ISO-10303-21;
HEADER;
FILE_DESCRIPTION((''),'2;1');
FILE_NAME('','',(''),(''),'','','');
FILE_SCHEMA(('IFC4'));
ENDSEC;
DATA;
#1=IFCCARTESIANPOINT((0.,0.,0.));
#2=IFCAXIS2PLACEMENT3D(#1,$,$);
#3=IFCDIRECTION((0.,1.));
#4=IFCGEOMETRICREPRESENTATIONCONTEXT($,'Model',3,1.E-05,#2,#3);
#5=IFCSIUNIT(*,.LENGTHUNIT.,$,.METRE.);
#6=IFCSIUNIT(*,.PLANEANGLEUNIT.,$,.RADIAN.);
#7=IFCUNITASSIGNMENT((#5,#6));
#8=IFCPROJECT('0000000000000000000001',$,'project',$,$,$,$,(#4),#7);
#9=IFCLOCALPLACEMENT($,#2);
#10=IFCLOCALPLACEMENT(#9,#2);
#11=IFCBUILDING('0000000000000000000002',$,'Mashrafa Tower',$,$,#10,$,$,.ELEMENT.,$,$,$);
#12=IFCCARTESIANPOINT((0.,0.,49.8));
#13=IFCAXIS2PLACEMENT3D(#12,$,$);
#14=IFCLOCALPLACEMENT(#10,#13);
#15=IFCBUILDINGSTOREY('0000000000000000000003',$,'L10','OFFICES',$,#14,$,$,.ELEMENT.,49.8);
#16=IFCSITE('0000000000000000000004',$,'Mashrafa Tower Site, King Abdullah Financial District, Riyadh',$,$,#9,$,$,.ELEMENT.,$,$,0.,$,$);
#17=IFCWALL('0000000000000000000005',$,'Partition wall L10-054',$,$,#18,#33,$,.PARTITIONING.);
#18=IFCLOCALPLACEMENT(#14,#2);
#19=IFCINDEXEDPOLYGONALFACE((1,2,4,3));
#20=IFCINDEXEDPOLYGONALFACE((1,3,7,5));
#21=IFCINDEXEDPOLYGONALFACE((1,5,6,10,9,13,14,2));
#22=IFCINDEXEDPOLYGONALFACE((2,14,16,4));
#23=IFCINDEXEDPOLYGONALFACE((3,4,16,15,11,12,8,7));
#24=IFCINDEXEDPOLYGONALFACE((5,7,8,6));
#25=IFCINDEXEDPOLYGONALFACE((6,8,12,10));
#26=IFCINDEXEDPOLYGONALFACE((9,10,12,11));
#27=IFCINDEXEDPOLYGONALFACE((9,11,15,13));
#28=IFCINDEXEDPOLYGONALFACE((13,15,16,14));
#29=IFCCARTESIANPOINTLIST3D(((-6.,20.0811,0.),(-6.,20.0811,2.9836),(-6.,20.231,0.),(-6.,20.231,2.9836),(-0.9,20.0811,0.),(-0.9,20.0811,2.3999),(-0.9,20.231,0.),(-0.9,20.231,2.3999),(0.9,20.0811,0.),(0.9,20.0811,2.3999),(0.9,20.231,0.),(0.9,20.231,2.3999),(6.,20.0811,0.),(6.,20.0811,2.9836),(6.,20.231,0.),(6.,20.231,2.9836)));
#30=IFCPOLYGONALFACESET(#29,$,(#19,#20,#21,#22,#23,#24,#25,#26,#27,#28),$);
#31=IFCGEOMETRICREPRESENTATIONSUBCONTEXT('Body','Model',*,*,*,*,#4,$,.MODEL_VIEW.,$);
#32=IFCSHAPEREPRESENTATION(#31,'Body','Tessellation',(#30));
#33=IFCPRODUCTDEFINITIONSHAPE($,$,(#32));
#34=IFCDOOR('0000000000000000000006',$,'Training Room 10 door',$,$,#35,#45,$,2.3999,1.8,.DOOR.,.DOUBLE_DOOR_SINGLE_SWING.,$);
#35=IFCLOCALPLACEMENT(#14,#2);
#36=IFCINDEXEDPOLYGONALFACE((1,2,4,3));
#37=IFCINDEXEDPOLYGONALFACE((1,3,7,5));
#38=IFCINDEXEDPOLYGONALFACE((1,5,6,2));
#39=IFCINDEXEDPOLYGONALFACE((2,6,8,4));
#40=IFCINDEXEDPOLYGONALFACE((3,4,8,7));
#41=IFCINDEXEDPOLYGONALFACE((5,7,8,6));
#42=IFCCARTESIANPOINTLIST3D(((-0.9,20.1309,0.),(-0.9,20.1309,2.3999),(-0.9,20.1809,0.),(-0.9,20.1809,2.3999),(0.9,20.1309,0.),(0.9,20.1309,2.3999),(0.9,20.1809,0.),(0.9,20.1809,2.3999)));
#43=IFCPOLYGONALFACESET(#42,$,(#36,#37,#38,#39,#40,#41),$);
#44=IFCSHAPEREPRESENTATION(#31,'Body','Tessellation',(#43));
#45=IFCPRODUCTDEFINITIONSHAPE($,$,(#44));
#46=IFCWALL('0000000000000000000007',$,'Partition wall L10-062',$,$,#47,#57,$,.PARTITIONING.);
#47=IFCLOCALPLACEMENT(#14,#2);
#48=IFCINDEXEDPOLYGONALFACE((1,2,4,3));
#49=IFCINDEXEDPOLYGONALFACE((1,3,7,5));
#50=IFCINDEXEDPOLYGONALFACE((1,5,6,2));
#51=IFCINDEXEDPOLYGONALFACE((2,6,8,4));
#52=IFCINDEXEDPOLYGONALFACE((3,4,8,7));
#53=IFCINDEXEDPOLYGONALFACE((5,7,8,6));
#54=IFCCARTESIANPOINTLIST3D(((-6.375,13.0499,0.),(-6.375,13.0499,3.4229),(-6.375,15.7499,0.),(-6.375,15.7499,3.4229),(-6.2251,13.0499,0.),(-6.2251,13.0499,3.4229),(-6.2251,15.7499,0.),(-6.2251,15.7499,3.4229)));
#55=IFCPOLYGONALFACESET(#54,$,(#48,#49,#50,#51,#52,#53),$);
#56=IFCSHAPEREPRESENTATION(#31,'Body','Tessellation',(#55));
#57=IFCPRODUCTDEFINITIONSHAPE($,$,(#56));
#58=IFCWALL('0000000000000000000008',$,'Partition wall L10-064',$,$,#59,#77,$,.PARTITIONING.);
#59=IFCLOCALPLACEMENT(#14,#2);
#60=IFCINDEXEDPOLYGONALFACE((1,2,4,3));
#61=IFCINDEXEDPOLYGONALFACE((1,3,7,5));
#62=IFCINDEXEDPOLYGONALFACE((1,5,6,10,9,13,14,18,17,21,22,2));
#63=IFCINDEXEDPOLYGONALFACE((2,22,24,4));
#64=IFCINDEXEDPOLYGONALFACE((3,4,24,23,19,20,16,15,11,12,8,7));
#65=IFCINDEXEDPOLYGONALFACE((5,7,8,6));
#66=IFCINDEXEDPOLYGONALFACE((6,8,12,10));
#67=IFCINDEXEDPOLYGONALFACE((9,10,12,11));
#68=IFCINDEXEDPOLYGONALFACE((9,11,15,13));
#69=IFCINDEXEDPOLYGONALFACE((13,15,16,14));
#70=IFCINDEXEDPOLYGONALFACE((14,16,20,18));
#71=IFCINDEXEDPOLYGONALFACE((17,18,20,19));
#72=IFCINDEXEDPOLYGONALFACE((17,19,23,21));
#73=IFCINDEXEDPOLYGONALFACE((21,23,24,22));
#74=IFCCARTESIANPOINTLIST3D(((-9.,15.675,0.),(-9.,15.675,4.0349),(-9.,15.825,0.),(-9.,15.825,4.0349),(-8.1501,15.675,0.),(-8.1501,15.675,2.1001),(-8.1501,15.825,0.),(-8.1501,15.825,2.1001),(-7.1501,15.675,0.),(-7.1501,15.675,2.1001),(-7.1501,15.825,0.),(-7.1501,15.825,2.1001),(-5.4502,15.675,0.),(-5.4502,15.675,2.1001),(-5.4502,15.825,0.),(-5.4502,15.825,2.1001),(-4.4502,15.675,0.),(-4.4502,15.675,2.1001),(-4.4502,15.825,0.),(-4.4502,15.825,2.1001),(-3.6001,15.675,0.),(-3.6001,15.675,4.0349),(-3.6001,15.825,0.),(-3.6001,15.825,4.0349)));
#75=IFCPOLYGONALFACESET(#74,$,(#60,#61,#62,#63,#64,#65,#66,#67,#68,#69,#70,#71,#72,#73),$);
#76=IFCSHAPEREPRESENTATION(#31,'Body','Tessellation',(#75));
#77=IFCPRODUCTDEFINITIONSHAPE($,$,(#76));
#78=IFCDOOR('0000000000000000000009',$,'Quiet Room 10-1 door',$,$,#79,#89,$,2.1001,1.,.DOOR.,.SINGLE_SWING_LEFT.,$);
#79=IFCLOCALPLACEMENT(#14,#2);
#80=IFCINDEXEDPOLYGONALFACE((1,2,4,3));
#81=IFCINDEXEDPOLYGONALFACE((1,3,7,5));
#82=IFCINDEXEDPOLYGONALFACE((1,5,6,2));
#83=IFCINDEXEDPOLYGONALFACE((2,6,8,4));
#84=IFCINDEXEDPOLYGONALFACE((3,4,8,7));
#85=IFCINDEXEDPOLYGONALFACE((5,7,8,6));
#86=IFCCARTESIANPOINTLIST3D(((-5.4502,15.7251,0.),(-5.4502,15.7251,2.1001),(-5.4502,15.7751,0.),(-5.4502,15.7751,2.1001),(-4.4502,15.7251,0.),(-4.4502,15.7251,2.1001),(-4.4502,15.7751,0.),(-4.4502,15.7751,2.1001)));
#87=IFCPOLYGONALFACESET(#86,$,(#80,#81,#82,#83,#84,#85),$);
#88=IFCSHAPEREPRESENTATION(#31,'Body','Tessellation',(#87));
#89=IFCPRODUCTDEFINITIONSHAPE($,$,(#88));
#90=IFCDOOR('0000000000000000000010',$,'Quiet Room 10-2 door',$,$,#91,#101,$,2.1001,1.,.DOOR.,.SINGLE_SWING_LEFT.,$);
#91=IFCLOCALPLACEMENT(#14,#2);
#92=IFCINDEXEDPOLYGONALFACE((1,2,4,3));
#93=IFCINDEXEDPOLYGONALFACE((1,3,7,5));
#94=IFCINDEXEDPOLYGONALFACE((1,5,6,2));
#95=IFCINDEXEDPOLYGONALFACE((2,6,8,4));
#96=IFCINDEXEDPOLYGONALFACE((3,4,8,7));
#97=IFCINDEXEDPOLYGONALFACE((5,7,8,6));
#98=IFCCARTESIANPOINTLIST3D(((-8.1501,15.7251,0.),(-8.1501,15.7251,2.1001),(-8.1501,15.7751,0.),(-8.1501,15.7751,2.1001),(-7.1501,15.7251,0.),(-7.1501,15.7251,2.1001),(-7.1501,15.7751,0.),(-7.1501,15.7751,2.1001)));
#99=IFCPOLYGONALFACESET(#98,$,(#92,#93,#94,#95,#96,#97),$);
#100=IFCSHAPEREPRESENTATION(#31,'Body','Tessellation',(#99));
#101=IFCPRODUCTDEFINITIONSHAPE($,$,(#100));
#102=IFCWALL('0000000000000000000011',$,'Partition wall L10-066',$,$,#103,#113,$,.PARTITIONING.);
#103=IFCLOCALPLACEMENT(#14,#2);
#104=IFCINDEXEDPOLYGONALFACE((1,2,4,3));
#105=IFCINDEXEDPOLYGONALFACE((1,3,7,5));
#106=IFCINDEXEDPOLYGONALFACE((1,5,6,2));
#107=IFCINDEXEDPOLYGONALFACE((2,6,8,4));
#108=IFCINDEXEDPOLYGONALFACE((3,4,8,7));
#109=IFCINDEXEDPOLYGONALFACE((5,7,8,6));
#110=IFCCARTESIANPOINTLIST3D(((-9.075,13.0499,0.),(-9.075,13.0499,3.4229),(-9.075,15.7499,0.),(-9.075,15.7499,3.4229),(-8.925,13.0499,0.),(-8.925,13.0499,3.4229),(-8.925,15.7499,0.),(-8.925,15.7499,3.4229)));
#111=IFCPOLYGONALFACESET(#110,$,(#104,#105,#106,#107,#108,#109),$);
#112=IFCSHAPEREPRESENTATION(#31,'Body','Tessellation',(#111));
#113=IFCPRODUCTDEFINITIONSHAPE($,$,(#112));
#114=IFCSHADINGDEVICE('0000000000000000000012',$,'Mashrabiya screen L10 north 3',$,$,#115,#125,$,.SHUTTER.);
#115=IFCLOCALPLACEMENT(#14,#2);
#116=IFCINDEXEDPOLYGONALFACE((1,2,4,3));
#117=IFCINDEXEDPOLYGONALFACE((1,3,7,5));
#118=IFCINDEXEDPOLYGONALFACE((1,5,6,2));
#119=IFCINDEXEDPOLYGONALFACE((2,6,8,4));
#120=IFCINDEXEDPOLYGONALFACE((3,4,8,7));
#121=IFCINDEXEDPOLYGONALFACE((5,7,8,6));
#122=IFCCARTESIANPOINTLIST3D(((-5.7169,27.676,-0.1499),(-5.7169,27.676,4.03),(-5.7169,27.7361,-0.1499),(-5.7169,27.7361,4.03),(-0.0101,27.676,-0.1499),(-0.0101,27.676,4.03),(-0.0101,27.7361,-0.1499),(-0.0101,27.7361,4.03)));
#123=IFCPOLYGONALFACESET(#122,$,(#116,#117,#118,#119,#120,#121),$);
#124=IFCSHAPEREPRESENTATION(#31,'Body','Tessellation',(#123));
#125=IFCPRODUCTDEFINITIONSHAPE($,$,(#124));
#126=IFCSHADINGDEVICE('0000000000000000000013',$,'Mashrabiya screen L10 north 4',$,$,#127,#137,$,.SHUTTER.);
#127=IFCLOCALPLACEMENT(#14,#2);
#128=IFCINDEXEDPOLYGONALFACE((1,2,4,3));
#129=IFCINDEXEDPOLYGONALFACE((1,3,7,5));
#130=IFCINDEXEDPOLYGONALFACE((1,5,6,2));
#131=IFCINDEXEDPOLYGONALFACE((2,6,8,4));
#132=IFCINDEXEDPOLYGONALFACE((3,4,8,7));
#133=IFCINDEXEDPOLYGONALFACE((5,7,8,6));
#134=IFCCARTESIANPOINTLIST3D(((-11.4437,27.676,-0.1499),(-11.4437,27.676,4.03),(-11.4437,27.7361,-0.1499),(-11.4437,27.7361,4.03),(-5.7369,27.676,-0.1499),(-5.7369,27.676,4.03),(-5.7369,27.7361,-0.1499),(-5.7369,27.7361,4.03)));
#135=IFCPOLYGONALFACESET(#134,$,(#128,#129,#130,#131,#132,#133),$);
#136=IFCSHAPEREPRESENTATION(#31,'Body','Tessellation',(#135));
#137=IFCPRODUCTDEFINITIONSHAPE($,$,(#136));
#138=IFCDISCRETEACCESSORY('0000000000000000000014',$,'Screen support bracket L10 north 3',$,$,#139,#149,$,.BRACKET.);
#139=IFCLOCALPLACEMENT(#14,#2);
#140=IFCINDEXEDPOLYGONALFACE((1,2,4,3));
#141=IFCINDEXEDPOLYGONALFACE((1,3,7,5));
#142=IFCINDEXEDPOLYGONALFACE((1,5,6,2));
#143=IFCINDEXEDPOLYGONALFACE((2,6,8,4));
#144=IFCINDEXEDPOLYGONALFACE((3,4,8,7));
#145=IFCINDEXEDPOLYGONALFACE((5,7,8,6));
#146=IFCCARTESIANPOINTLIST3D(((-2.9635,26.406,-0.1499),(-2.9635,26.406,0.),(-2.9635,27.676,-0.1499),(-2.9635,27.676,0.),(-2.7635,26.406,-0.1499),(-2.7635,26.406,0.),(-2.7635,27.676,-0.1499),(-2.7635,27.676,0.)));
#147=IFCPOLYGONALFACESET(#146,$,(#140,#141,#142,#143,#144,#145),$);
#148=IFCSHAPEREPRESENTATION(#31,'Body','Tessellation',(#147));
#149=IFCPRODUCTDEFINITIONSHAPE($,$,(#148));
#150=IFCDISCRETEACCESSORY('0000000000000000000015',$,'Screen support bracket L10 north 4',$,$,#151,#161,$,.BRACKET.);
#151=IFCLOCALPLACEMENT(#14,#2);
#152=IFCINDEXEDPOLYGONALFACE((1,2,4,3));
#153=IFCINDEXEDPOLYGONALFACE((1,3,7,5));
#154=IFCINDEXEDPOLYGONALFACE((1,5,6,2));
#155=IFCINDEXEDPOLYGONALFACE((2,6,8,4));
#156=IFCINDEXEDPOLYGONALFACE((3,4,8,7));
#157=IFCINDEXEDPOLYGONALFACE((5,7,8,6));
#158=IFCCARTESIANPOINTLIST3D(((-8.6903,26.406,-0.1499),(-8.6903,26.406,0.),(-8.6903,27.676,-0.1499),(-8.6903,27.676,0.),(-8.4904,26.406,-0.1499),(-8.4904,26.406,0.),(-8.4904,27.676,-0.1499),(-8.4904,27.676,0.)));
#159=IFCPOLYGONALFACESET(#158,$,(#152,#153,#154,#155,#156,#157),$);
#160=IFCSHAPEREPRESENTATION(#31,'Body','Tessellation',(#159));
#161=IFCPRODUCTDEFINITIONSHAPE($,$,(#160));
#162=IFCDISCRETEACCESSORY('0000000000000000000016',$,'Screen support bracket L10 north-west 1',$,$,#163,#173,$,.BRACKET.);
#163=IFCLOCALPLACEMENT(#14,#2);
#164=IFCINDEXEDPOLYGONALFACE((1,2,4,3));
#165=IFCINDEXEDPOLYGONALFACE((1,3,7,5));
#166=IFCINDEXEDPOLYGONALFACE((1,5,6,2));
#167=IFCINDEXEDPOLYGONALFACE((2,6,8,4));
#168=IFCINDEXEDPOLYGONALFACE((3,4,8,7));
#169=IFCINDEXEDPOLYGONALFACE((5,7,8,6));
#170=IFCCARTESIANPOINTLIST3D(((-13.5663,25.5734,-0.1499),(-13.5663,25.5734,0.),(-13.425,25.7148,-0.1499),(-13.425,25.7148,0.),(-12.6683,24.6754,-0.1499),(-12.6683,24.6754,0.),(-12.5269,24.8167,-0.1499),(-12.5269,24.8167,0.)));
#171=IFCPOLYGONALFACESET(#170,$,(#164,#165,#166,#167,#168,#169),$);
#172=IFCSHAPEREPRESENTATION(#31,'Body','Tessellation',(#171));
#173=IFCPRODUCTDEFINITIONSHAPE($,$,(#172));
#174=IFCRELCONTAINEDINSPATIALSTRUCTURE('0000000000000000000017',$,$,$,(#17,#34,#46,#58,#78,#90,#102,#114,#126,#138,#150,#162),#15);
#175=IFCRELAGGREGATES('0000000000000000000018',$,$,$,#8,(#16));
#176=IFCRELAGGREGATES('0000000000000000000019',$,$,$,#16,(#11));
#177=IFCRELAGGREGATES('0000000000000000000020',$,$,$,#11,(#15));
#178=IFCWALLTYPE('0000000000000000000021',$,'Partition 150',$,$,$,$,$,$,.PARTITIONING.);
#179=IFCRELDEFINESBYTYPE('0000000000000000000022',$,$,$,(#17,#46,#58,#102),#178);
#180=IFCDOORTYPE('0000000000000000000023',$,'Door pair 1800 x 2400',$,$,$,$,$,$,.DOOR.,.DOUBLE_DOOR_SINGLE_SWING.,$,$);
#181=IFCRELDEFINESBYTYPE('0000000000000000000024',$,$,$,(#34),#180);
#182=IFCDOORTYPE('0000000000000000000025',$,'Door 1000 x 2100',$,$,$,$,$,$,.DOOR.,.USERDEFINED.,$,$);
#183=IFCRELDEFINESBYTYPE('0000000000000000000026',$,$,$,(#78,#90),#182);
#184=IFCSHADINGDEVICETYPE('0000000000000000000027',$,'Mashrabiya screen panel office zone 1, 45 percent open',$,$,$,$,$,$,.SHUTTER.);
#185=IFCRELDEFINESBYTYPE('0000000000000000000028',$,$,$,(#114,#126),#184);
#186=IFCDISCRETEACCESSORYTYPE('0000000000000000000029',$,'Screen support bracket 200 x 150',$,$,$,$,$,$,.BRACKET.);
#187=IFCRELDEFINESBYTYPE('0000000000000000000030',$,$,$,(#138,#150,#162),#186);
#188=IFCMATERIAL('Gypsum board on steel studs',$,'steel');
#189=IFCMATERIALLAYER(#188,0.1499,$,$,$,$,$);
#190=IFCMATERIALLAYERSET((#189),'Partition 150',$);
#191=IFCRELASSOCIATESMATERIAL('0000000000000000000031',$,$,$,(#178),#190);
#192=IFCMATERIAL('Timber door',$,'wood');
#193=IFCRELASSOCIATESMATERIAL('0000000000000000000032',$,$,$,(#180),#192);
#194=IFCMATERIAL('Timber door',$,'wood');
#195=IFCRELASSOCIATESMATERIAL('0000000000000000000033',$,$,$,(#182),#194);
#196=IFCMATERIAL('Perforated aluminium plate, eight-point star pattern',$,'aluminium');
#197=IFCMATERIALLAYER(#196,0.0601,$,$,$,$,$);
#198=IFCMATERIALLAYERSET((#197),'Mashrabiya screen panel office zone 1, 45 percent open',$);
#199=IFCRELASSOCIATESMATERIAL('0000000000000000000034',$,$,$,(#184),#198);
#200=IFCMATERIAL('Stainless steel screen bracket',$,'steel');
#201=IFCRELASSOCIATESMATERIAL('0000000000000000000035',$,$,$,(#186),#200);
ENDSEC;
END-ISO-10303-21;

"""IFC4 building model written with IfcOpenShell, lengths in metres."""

from ifc_helpers import new_model, si_unit, direction, frame, frame_2d, origin, origin_2d, place, context, subcontext, project, spatial, rectangle, extrude, source, transform, mapped, material, layer, layer_set, type_object, type_shapes, element, fill, save


model = new_model("IFC4")

# Units and contexts
model_context = context("Model", 3, precision=1e-05, world=origin(), true_north=direction((0.0, 1.0)))
body_context = subcontext(model_context, "Body", "Model", "MODEL_VIEW")
ifc_project = project(units=[si_unit("LENGTHUNIT", "METRE"), si_unit("PLANEANGLEUNIT", "RADIAN")], contexts=[model_context])

# Site, building, storey
site_placement = place(None, origin())
site = spatial("IfcSite", under=ifc_project, at=site_placement, Name="Mashrafa Tower Site, King Abdullah Financial District, Riyadh", CompositionType="ELEMENT", RefElevation=0.0)
building_placement = place(site_placement, origin())
building = spatial("IfcBuilding", under=site, at=building_placement, Name="Mashrafa Tower", CompositionType="ELEMENT")
storey_placement = place(building_placement, frame((0.0, 0.0, 49.8)))
storey = spatial("IfcBuildingStorey", under=building, at=storey_placement, Name="L10", Description="OFFICES", CompositionType="ELEMENT", Elevation=49.8)

# Shared definitions
ifc_material_1 = material(Name="Gypsum board on steel studs", Category="steel")
ifc_layer_1 = layer(ifc_material_1, 0.1499)
ifc_layer_set_1 = layer_set([ifc_layer_1], Name="Partition 150")
wall_type_1 = type_object("IfcWallType", Name="Partition 150", PredefinedType="PARTITIONING", material=ifc_layer_set_1)

# Wall, opening, door
wall_1_placement = place(storey_placement, frame((-6.0, 20.156, 0.0), z_axis=(0.0, 0.0, 1.0), x_axis=(1.0, 0.0, 0.0)))
wall_1 = element("IfcWall", 1, at=wall_1_placement, inside=storey, type_object=wall_type_1, Name="Partition wall L10-054", PredefinedType="PARTITIONING", context=body_context, shape_type="SweptSolid", body=[
    extrude(rectangle(XDim=12.0, YDim=0.1499, at=frame_2d((6.0, 0.0))), origin(), (0.0, 0.0, 1.0), 2.9836),
])
opening_1_placement = place(wall_1_placement, frame((5.1001, 0.0, 0.0)))
opening_1 = element("IfcOpeningElement", 2, at=opening_1_placement, cuts=wall_1, PredefinedType="OPENING", context=body_context, shape_type="SweptSolid", body=[
    extrude(rectangle(XDim=1.8, YDim=2.3999, at=frame_2d((0.8999, 1.2))), frame((0.0, 0.085, 0.0), z_axis=(0.0, -1.0, 0.0), x_axis=(1.0, 0.0, 0.0)), (0.0, 0.0, 1.0), 0.1699),
])
ifc_material_2 = material(Name="Timber door", Category="wood")
door_type_1 = type_object("IfcDoorType", Name="Door pair 1800 x 2400", OperationType="DOUBLE_DOOR_SINGLE_SWING", PredefinedType="DOOR", material=ifc_material_2)
door_1_placement = place(opening_1_placement, origin())
door_1 = element("IfcDoor", 3, at=door_1_placement, inside=storey, type_object=door_type_1, Name="Training Room 10 door", OperationType="DOUBLE_DOOR_SINGLE_SWING", OverallHeight=2.3999, OverallWidth=1.8, PredefinedType="DOOR", context=body_context, shape_type="SweptSolid", body=[
    extrude(rectangle(XDim=1.8, YDim=2.3999, at=frame_2d((0.8999, 1.2))), frame((0.0, 0.0249, 0.0), z_axis=(0.0, -1.0, 0.0), x_axis=(1.0, 0.0, 0.0)), (0.0, 0.0, 1.0), 0.05),
])
fill(opening_1, door_1)

# Wall
wall_2_placement = place(storey_placement, frame((-6.3, 15.75, 0.0), z_axis=(0.0, 0.0, 1.0), x_axis=(0.0, -1.0, 0.0)))
element("IfcWall", 4, at=wall_2_placement, inside=storey, type_object=wall_type_1, Name="Partition wall L10-062", PredefinedType="PARTITIONING", context=body_context, shape_type="SweptSolid", body=[
    extrude(rectangle(XDim=2.7, YDim=0.1499, at=frame_2d((1.3501, 0.0))), origin(), (0.0, 0.0, 1.0), 3.4229),
])

# Wall, openings, doors
wall_3_placement = place(storey_placement, frame((-3.6001, 15.75, 0.0), z_axis=(0.0, 0.0, 1.0), x_axis=(-1.0, 0.0, 0.0)))
wall_3 = element("IfcWall", 5, at=wall_3_placement, inside=storey, type_object=wall_type_1, Name="Partition wall L10-064", PredefinedType="PARTITIONING", context=body_context, shape_type="SweptSolid", body=[
    extrude(rectangle(XDim=5.3999, YDim=0.1499, at=frame_2d((2.7, 0.0))), origin(), (0.0, 0.0, 1.0), 4.0349),
])
opening_2_placement = place(wall_3_placement, frame((0.8501, 0.0, 0.0)))
opening_2 = element("IfcOpeningElement", 6, at=opening_2_placement, cuts=wall_3, PredefinedType="OPENING", context=body_context, shape_type="SweptSolid", body=[
    extrude(rectangle(XDim=1.0, YDim=2.1001, at=frame_2d((0.5, 1.05))), frame((0.0, 0.085, 0.0), z_axis=(0.0, -1.0, 0.0), x_axis=(1.0, 0.0, 0.0)), (0.0, 0.0, 1.0), 0.1699),
])
opening_3_placement = place(wall_3_placement, frame((3.55, 0.0, 0.0)))
opening_3 = element("IfcOpeningElement", 7, at=opening_3_placement, cuts=wall_3, PredefinedType="OPENING", context=body_context, shape_type="SweptSolid", body=[
    extrude(rectangle(XDim=1.0, YDim=2.1001, at=frame_2d((0.5, 1.05))), frame((0.0, 0.085, 0.0), z_axis=(0.0, -1.0, 0.0), x_axis=(1.0, 0.0, 0.0)), (0.0, 0.0, 1.0), 0.1699),
])
ifc_material_3 = material(Name="Timber door", Category="wood")
door_type_2 = type_object("IfcDoorType", Name="Door 1000 x 2100", OperationType="USERDEFINED", PredefinedType="DOOR", material=ifc_material_3)
door_2_placement = place(opening_2_placement, origin())
door_2 = element("IfcDoor", 8, at=door_2_placement, inside=storey, type_object=door_type_2, Name="Quiet Room 10-1 door", OperationType="SINGLE_SWING_LEFT", OverallHeight=2.1001, OverallWidth=1.0, PredefinedType="DOOR", context=body_context, shape_type="SweptSolid", body=[
    extrude(rectangle(XDim=1.0, YDim=2.1001, at=frame_2d((0.5, 1.05))), frame((0.0, 0.0249, 0.0), z_axis=(0.0, -1.0, 0.0), x_axis=(1.0, 0.0, 0.0)), (0.0, 0.0, 1.0), 0.05),
])
fill(opening_2, door_2)
door_3_placement = place(opening_3_placement, origin())
door_3 = element("IfcDoor", 9, at=door_3_placement, inside=storey, type_object=door_type_2, Name="Quiet Room 10-2 door", OperationType="SINGLE_SWING_LEFT", OverallHeight=2.1001, OverallWidth=1.0, PredefinedType="DOOR", context=body_context, shape_type="SweptSolid", body=[
    extrude(rectangle(XDim=1.0, YDim=2.1001, at=frame_2d((0.5, 1.05))), frame((0.0, 0.0249, 0.0), z_axis=(0.0, -1.0, 0.0), x_axis=(1.0, 0.0, 0.0)), (0.0, 0.0, 1.0), 0.05),
])
fill(opening_3, door_3)

# Wall
wall_4_placement = place(storey_placement, frame((-9.0, 15.75, 0.0), z_axis=(0.0, 0.0, 1.0), x_axis=(0.0, -1.0, 0.0)))
element("IfcWall", 10, at=wall_4_placement, inside=storey, type_object=wall_type_1, Name="Partition wall L10-066", PredefinedType="PARTITIONING", context=body_context, shape_type="SweptSolid", body=[
    extrude(rectangle(XDim=2.7, YDim=0.1499, at=frame_2d((1.3501, 0.0))), origin(), (0.0, 0.0, 1.0), 3.4229),
])

# Shading devices
ifc_material_4 = material(Name="Perforated aluminium plate, eight-point star pattern", Category="aluminium")
ifc_layer_2 = layer(ifc_material_4, 0.0601)
ifc_layer_set_2 = layer_set([ifc_layer_2], Name="Mashrabiya screen panel office zone 1, 45 percent open")
shading_device_type = type_object("IfcShadingDeviceType", Name="Mashrabiya screen panel office zone 1, 45 percent open", PredefinedType="SHUTTER", material=ifc_layer_set_2)
shared_shape_1 = source(origin(), body_context, "Body", "SweptSolid", [
    extrude(rectangle(XDim=5.7068, YDim=0.0601, at=origin_2d()), origin(), (0.0, 0.0, 1.0), 4.1799),
])
type_shapes(shading_device_type, [shared_shape_1])
for number, where, z_axis, x_axis, name in (
    (11, (-2.8635, 27.7061, -0.1499), (0.0, 0.0, 1.0), (-1.0, 0.0, 0.0), "Mashrabiya screen L10 north 3"),
    (12, (-8.5903, 27.7061, -0.1499), (0.0, 0.0, 1.0), (-1.0, 0.0, 0.0), "Mashrabiya screen L10 north 4"),
):
    element("IfcShadingDevice", number, at=place(storey_placement, frame(where, z_axis=z_axis, x_axis=x_axis)), inside=storey, type_object=shading_device_type, Name=name, PredefinedType="SHUTTER", context=body_context, shape_type="MappedRepresentation", body=[
        mapped(shared_shape_1, transform((0.0, 0.0, 0.0))),
    ])

# Discrete accessories
ifc_material_5 = material(Name="Stainless steel screen bracket", Category="steel")
discrete_accessory_type = type_object("IfcDiscreteAccessoryType", Name="Screen support bracket 200 x 150", PredefinedType="BRACKET", material=ifc_material_5)
shared_shape_2 = source(origin(), body_context, "Body", "SweptSolid", [
    extrude(rectangle(XDim=0.2, YDim=1.27, at=origin_2d()), origin(), (0.0, 0.0, 1.0), 0.1499),
])
type_shapes(discrete_accessory_type, [shared_shape_2])
for number, where, z_axis, x_axis, name in (
    (13, (-2.8635, 27.041, -0.1499), (0.0, 0.0, 1.0), (-1.0, 0.0, 0.0), "Screen support bracket L10 north 3"),
    (14, (-8.5903, 27.041, -0.1499), (0.0, 0.0, 1.0), (-1.0, 0.0, 0.0), "Screen support bracket L10 north 4"),
    (15, (-13.0466, 25.1951, -0.1499), (0.0, 0.0, 1.0), (-0.707107, -0.707107, 0.0), "Screen support bracket L10 north-west 1"),
):
    element("IfcDiscreteAccessory", number, at=place(storey_placement, frame(where, z_axis=z_axis, x_axis=x_axis)), inside=storey, type_object=discrete_accessory_type, Name=name, PredefinedType="BRACKET", context=body_context, shape_type="MappedRepresentation", body=[
        mapped(shared_shape_2, transform((0.0, 0.0, 0.0))),
    ])

save(model, "model.ifc")
